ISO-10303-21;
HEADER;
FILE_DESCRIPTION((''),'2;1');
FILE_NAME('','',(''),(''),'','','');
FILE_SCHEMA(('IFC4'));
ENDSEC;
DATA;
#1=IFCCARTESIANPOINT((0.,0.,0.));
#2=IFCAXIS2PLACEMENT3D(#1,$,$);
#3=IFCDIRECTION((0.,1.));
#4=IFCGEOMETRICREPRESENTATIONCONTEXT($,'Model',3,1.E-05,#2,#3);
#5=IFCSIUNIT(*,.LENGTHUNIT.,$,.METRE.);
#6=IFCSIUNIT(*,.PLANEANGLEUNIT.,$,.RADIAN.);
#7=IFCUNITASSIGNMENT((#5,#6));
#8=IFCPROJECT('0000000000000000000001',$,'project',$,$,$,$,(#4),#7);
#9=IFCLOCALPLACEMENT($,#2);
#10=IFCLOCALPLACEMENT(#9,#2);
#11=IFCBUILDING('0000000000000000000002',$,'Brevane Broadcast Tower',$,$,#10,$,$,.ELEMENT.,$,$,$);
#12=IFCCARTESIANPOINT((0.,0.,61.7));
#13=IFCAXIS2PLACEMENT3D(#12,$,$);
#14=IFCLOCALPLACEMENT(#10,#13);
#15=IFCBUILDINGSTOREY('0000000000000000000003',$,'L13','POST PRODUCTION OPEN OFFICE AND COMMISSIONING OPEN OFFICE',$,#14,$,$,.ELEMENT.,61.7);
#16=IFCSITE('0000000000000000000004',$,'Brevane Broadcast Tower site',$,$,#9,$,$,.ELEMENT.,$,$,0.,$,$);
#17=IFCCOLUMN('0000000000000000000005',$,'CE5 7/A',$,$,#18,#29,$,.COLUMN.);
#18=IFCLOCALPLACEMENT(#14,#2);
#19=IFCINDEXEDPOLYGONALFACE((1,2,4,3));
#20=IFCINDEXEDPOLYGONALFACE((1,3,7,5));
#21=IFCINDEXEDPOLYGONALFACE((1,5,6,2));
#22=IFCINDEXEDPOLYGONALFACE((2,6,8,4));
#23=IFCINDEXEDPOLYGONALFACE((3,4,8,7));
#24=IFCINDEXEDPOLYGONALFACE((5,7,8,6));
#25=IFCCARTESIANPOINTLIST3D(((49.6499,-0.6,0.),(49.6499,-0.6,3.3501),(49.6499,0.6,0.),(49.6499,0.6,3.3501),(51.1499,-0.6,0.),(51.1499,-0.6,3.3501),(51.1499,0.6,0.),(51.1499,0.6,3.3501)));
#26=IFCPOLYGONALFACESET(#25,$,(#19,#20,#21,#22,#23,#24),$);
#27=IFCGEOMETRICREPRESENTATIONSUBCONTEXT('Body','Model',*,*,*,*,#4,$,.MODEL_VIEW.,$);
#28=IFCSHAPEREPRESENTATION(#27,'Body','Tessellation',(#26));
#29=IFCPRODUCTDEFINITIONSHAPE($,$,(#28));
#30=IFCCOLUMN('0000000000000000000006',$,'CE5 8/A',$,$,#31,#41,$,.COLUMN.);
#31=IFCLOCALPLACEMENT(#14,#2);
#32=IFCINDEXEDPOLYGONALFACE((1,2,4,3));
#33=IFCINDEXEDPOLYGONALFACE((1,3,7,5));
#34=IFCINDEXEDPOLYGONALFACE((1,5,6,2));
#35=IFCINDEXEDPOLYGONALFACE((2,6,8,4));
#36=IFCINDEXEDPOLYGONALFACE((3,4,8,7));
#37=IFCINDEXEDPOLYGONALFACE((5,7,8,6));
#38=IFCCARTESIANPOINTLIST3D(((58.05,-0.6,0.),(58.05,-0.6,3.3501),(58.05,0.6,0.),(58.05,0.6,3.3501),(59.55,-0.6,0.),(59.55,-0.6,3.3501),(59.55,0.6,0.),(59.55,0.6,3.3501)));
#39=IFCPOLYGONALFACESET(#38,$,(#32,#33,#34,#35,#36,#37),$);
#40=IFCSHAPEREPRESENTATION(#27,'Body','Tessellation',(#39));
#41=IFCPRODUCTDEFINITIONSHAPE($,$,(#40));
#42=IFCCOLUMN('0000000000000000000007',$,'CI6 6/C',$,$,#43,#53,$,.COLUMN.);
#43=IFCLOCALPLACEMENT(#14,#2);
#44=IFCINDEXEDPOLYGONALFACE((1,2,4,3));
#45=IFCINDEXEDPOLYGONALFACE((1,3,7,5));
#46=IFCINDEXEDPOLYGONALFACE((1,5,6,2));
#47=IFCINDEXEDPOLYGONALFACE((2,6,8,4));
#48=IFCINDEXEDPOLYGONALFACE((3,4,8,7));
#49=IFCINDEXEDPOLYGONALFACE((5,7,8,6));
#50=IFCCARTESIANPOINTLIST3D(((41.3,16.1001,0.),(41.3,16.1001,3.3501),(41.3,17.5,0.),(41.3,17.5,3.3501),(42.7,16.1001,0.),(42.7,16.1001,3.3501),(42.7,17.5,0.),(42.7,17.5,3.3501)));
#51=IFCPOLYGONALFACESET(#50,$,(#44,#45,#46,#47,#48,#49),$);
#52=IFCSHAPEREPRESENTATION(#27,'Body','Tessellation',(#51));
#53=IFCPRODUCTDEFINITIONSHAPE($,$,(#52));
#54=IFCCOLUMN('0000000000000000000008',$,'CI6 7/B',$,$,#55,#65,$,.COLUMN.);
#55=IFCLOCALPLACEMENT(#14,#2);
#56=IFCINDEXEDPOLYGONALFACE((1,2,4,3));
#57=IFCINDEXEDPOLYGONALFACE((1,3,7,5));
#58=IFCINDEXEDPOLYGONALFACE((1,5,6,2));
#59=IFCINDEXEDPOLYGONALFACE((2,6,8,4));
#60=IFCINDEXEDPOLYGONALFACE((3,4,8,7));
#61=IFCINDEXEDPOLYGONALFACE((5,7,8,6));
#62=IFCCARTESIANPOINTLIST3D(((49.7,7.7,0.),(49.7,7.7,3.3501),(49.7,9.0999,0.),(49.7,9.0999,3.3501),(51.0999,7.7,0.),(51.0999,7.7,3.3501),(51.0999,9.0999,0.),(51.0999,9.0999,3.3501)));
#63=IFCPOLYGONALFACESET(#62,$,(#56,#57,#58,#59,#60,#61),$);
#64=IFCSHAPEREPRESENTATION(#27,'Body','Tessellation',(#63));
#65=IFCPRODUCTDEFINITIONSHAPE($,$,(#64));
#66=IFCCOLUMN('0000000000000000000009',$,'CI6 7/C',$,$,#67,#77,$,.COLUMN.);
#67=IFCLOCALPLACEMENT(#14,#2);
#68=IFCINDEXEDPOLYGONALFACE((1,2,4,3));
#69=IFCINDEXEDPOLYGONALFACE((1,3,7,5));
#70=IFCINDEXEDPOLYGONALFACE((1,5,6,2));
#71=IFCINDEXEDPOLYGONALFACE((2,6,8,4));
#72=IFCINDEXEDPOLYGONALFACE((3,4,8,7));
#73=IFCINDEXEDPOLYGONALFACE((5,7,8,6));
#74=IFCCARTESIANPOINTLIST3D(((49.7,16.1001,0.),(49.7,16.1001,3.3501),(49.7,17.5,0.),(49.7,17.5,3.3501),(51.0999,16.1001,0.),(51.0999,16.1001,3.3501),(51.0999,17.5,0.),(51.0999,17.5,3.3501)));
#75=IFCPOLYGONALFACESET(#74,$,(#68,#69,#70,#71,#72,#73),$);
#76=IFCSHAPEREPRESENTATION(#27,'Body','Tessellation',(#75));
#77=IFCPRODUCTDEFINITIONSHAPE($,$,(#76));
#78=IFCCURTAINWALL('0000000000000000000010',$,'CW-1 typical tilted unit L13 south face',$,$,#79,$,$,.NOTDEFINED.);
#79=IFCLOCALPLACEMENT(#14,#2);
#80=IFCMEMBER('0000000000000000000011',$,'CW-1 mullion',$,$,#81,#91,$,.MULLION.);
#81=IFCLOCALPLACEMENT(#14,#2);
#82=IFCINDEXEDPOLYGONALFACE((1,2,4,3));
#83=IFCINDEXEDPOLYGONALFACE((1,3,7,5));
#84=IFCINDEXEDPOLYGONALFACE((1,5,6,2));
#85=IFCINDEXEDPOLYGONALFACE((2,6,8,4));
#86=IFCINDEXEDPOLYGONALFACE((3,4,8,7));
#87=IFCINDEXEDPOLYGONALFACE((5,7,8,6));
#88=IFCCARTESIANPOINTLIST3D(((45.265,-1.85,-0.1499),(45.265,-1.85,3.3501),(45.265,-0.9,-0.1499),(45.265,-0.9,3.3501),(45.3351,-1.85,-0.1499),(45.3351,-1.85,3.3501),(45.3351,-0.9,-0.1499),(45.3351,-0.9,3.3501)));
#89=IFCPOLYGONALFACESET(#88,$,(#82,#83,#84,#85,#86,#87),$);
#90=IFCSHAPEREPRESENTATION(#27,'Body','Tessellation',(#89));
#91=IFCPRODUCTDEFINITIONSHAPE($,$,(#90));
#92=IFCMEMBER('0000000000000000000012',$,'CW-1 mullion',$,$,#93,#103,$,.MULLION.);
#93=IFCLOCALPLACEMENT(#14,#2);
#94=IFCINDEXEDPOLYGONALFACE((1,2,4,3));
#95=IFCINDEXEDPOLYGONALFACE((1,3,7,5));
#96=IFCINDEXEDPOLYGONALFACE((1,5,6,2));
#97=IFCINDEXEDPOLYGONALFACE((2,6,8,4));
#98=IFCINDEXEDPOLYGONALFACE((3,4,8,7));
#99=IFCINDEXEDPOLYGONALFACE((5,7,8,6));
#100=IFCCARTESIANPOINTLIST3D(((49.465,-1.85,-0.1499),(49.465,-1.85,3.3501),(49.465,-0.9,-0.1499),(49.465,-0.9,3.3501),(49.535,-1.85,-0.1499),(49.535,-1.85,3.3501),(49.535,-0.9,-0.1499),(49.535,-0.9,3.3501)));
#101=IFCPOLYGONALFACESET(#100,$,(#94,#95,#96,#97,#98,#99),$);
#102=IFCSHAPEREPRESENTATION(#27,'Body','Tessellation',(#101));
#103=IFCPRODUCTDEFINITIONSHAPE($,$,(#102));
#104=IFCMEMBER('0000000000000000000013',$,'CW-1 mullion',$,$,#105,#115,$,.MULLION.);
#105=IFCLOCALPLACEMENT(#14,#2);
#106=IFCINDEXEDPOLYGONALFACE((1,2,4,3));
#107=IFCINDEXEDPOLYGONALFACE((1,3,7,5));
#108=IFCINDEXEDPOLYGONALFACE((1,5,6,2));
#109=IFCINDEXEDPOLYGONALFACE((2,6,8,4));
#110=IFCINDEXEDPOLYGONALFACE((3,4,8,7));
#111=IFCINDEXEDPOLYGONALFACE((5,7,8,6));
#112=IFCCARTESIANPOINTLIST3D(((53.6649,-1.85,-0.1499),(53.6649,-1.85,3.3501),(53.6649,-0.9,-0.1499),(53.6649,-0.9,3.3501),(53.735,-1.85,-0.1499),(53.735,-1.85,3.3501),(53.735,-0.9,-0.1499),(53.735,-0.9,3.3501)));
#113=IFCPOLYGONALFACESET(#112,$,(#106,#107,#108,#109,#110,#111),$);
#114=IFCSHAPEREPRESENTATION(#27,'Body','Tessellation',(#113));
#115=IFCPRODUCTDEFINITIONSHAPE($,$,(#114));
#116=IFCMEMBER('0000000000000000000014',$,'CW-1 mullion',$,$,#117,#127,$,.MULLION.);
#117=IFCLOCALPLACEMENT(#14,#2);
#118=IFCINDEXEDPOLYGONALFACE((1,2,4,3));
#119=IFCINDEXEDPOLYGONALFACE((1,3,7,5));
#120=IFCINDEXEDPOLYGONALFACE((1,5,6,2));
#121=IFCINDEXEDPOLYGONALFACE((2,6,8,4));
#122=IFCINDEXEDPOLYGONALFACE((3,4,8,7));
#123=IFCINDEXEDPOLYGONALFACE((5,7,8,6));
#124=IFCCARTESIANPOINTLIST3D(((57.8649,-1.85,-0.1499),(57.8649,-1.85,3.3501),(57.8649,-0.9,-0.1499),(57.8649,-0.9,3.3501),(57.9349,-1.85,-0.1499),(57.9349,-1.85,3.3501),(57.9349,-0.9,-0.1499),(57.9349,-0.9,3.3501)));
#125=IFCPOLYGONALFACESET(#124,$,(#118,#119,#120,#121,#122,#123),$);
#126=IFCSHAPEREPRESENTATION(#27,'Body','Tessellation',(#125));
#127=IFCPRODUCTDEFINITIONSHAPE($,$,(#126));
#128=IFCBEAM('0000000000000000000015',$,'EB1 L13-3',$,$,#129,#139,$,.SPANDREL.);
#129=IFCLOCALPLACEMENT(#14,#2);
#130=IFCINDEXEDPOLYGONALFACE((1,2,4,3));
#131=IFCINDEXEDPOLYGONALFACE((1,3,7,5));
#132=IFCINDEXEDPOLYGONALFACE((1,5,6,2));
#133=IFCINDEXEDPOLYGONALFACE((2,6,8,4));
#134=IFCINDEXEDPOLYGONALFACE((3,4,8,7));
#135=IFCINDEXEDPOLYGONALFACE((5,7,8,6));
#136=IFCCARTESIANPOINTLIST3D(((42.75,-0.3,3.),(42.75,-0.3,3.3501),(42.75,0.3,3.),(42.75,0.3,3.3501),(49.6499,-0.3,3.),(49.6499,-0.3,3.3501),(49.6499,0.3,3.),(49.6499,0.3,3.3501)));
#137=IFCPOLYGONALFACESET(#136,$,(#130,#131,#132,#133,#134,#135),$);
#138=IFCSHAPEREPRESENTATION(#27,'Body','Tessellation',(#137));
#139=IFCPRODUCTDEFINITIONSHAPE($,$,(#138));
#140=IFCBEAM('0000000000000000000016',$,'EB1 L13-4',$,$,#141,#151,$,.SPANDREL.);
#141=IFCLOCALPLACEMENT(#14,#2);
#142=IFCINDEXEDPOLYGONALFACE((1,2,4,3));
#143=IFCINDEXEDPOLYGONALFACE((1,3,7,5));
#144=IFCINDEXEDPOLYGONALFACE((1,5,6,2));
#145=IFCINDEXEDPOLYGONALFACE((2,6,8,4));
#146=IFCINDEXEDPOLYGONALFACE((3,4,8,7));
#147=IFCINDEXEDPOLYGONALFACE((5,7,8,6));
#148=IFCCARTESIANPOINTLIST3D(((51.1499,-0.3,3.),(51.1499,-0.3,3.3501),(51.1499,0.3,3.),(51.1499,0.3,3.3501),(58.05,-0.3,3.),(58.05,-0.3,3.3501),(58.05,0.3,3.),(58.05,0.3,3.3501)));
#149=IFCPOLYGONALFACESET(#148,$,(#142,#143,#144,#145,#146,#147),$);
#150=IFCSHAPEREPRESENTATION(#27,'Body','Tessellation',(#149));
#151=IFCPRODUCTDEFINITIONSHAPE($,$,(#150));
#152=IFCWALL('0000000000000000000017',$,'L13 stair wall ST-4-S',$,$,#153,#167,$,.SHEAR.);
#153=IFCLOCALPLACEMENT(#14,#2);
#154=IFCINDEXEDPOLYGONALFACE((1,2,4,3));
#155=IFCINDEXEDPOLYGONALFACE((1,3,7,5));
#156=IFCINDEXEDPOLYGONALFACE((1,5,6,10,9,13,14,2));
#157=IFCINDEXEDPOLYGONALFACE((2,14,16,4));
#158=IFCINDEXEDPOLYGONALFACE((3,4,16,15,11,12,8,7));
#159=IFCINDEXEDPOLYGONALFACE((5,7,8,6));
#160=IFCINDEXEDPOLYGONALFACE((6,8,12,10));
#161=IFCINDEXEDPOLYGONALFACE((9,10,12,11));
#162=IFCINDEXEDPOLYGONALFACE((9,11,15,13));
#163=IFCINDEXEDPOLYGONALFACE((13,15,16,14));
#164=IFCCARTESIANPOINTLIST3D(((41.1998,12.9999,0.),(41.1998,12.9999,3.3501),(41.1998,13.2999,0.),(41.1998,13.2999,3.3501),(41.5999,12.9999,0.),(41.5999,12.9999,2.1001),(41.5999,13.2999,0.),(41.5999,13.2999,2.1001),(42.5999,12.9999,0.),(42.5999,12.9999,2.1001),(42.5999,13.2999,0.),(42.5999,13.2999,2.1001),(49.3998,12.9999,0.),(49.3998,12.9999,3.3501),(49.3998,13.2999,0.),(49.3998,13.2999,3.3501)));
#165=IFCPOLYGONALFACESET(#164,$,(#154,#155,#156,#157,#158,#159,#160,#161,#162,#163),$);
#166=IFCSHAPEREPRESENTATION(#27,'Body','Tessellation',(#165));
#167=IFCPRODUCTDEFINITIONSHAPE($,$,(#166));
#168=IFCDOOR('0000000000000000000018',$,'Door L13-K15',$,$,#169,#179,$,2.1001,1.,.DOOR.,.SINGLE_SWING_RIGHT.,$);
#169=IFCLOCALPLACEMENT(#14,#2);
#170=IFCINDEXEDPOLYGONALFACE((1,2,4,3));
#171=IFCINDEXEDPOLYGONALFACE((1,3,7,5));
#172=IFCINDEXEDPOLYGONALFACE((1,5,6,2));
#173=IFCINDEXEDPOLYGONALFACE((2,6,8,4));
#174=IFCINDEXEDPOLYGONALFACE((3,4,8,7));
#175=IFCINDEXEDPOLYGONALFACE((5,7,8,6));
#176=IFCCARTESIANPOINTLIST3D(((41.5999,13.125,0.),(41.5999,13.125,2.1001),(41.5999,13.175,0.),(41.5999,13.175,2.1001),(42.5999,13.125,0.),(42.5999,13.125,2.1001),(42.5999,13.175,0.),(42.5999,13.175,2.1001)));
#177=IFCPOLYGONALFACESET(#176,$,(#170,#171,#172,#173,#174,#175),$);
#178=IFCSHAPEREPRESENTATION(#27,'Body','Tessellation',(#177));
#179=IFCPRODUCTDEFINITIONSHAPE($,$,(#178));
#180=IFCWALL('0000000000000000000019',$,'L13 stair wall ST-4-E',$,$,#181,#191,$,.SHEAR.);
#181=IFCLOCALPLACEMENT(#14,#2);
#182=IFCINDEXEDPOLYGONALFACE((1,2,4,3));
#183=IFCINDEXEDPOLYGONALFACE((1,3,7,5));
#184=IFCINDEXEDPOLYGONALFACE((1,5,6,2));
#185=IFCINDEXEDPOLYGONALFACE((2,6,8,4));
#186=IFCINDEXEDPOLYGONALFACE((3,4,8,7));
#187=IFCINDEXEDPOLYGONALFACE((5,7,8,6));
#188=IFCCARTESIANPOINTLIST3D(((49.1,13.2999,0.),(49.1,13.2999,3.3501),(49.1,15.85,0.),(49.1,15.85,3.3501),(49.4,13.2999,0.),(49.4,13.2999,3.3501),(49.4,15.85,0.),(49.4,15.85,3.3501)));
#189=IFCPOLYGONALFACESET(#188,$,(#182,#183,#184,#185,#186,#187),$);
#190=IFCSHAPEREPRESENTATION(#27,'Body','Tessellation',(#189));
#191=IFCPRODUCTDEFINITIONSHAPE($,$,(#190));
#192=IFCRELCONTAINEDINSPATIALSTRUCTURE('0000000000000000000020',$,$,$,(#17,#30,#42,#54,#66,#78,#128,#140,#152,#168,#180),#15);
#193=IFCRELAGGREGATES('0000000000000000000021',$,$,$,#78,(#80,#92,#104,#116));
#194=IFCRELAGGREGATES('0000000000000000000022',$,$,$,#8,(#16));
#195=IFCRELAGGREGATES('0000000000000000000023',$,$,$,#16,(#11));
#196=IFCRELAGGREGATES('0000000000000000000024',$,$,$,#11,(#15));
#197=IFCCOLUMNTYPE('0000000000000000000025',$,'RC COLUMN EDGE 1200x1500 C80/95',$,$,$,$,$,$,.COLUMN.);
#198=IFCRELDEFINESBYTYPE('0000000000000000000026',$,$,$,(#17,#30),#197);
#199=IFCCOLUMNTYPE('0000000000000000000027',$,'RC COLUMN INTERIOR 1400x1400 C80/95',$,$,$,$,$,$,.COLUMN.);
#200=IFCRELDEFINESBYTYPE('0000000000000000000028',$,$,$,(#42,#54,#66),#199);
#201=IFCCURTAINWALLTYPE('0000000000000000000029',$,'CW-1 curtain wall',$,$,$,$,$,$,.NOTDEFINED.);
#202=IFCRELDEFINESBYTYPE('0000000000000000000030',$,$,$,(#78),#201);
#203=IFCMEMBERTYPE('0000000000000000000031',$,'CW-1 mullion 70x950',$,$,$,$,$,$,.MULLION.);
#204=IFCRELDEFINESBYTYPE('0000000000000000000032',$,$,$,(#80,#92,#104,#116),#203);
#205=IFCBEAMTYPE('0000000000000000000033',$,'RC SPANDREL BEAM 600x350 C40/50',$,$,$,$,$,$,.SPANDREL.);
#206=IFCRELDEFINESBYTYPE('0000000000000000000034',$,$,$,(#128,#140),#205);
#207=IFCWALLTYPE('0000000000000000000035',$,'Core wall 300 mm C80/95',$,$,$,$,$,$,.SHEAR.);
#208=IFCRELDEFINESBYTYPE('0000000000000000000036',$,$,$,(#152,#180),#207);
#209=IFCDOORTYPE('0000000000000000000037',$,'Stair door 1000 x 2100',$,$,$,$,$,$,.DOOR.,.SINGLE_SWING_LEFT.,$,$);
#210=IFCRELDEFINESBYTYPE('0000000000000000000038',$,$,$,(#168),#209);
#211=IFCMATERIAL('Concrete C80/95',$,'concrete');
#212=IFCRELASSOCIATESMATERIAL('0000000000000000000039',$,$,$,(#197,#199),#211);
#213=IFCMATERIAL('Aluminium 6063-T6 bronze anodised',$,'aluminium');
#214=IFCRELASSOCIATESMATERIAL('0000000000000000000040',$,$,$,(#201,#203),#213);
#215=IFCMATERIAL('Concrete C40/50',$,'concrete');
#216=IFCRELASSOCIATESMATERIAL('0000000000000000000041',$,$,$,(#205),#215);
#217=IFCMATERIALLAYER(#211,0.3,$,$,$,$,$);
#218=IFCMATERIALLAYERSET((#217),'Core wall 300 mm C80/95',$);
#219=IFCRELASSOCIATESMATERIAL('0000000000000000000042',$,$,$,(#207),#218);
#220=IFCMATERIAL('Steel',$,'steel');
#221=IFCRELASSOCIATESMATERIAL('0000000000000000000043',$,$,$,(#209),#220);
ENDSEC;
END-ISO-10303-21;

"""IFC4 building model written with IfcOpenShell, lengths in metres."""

from ifc_helpers import new_model, si_unit, direction, frame, frame_2d, origin, origin_2d, place, context, subcontext, project, spatial, rectangle, extrude, material, layer, layer_set, material_profile, profile_set, type_object, element, fill, aggregate, save


model = new_model("IFC4")

# Units and contexts
model_context = context("Model", 3, precision=1e-05, world=origin(), true_north=direction((0.0, 1.0)))
body_context = subcontext(model_context, "Body", "Model", "MODEL_VIEW")
ifc_project = project(units=[si_unit("LENGTHUNIT", "METRE"), si_unit("PLANEANGLEUNIT", "RADIAN")], contexts=[model_context])

# Site, building, storey
site_placement = place(None, origin())
site = spatial("IfcSite", under=ifc_project, at=site_placement, Name="Brevane Broadcast Tower site", CompositionType="ELEMENT", RefElevation=0.0)
building_placement = place(site_placement, origin())
building = spatial("IfcBuilding", under=site, at=building_placement, Name="Brevane Broadcast Tower", CompositionType="ELEMENT")
storey_placement = place(building_placement, frame((0.0, 0.0, 61.7)))
storey = spatial("IfcBuildingStorey", under=building, at=storey_placement, Name="L13", Description="POST PRODUCTION OPEN OFFICE AND COMMISSIONING OPEN OFFICE", CompositionType="ELEMENT", Elevation=61.7)

# Columns
ifc_material_1 = material(Name="Concrete C80/95", Category="concrete")
ifc_material_profile_1 = material_profile(ifc_material_1, rectangle(XDim=1.2, YDim=1.5, at=origin_2d()), Name="RC 1200x1500")
ifc_profile_set_1 = profile_set([ifc_material_profile_1], Name="Concrete C80/95")
column_type_1 = type_object("IfcColumnType", Name="RC COLUMN EDGE 1200x1500 C80/95", PredefinedType="COLUMN", material=ifc_profile_set_1)
for number, where, z_axis, x_axis, name in (
    (1, (50.3999, 0.0, 0.0), (0.0, 0.0, 1.0), (0.0, 1.0, 0.0), "CE5 7/A"),
    (2, (58.8, 0.0, 0.0), (0.0, 0.0, 1.0), (0.0, 1.0, 0.0), "CE5 8/A"),
):
    element("IfcColumn", number, at=place(storey_placement, frame(where, z_axis=z_axis, x_axis=x_axis)), inside=storey, type_object=column_type_1, Name=name, PredefinedType="COLUMN", context=body_context, shape_type="SweptSolid", body=[
        extrude(rectangle(XDim=1.2, YDim=1.5, at=origin_2d()), origin(), (0.0, 0.0, 1.0), 3.3501),
    ])
ifc_material_profile_2 = material_profile(ifc_material_1, rectangle(XDim=1.3999, YDim=1.3999, at=origin_2d()), Name="RC 1400x1400")
ifc_profile_set_2 = profile_set([ifc_material_profile_2], Name="Concrete C80/95")
column_type_2 = type_object("IfcColumnType", Name="RC COLUMN INTERIOR 1400x1400 C80/95", PredefinedType="COLUMN", material=ifc_profile_set_2)
for number, where, z_axis, x_axis, name in (
    (3, (42.0, 16.8, 0.0), (0.0, 0.0, 1.0), (1.0, 0.0, 0.0), "CI6 6/C"),
    (4, (50.3999, 8.3999, 0.0), (0.0, 0.0, 1.0), (1.0, 0.0, 0.0), "CI6 7/B"),
    (5, (50.3999, 16.8, 0.0), (0.0, 0.0, 1.0), (1.0, 0.0, 0.0), "CI6 7/C"),
):
    element("IfcColumn", number, at=place(storey_placement, frame(where, z_axis=z_axis, x_axis=x_axis)), inside=storey, type_object=column_type_2, Name=name, PredefinedType="COLUMN", context=body_context, shape_type="SweptSolid", body=[
        extrude(rectangle(XDim=1.3999, YDim=1.3999, at=origin_2d()), origin(), (0.0, 0.0, 1.0), 3.3501),
    ])

# Curtain wall, members
ifc_material_2 = material(Name="Aluminium 6063-T6 bronze anodised", Category="aluminium")
curtain_wall_type = type_object("IfcCurtainWallType", Name="CW-1 curtain wall", PredefinedType="NOTDEFINED", material=ifc_material_2)
curtain_wall_placement = place(storey_placement, origin())
curtain_wall = element("IfcCurtainWall", 6, at=curtain_wall_placement, inside=storey, type_object=curtain_wall_type, Name="CW-1 typical tilted unit L13 south face", PredefinedType="NOTDEFINED")
ifc_material_profile_3 = material_profile(ifc_material_2, rectangle(XDim=0.95, YDim=0.0701, at=origin_2d()), Name="RECT 70x950")
ifc_profile_set_3 = profile_set([ifc_material_profile_3], Name="Aluminium 6063-T6 bronze anodised")
member_type = type_object("IfcMemberType", Name="CW-1 mullion 70x950", PredefinedType="MULLION", material=ifc_profile_set_3)
member_1_placement = place(storey_placement, frame((45.3, -1.375, -0.1499), z_axis=(0.0, 0.0, 1.0), x_axis=(0.0, 1.0, 0.0)))
member_1 = element("IfcMember", 7, at=member_1_placement, type_object=member_type, Name="CW-1 mullion", PredefinedType="MULLION", context=body_context, shape_type="SweptSolid", body=[
    extrude(rectangle(XDim=0.95, YDim=0.0701, at=origin_2d()), origin(), (0.0, 0.0, 1.0), 3.5),
])
member_2_placement = place(storey_placement, frame((49.5, -1.375, -0.1499), z_axis=(0.0, 0.0, 1.0), x_axis=(0.0, 1.0, 0.0)))
member_2 = element("IfcMember", 8, at=member_2_placement, type_object=member_type, Name="CW-1 mullion", PredefinedType="MULLION", context=body_context, shape_type="SweptSolid", body=[
    extrude(rectangle(XDim=0.95, YDim=0.0701, at=origin_2d()), origin(), (0.0, 0.0, 1.0), 3.5),
])
member_3_placement = place(storey_placement, frame((53.7, -1.375, -0.1499), z_axis=(0.0, 0.0, 1.0), x_axis=(0.0, 1.0, 0.0)))
member_3 = element("IfcMember", 9, at=member_3_placement, type_object=member_type, Name="CW-1 mullion", PredefinedType="MULLION", context=body_context, shape_type="SweptSolid", body=[
    extrude(rectangle(XDim=0.95, YDim=0.0701, at=origin_2d()), origin(), (0.0, 0.0, 1.0), 3.5),
])
member_4_placement = place(storey_placement, frame((57.8999, -1.375, -0.1499), z_axis=(0.0, 0.0, 1.0), x_axis=(0.0, 1.0, 0.0)))
member_4 = element("IfcMember", 10, at=member_4_placement, type_object=member_type, Name="CW-1 mullion", PredefinedType="MULLION", context=body_context, shape_type="SweptSolid", body=[
    extrude(rectangle(XDim=0.95, YDim=0.0701, at=origin_2d()), origin(), (0.0, 0.0, 1.0), 3.5),
])
aggregate(curtain_wall, [member_1, member_2, member_3, member_4])

# Beams
ifc_material_3 = material(Name="Concrete C40/50", Category="concrete")
ifc_material_profile_4 = material_profile(ifc_material_3, rectangle(XDim=0.6001, YDim=0.3501, at=origin_2d()), Name="RC 600x350")
ifc_profile_set_4 = profile_set([ifc_material_profile_4], Name="Concrete C40/50")
beam_type = type_object("IfcBeamType", Name="RC SPANDREL BEAM 600x350 C40/50", PredefinedType="SPANDREL", material=ifc_profile_set_4)
beam_1_placement = place(storey_placement, frame((42.75, 0.0, 3.175), z_axis=(1.0, 0.0, 0.0), x_axis=(0.0, 1.0, 0.0)))
element("IfcBeam", 11, at=beam_1_placement, inside=storey, type_object=beam_type, Name="EB1 L13-3", PredefinedType="SPANDREL", context=body_context, shape_type="SweptSolid", body=[
    extrude(rectangle(XDim=0.6001, YDim=0.3501, at=origin_2d()), origin(), (0.0, 0.0, 1.0), 6.8999),
])
beam_2_placement = place(storey_placement, frame((51.1499, 0.0, 3.175), z_axis=(1.0, 0.0, 0.0), x_axis=(0.0, 1.0, 0.0)))
element("IfcBeam", 12, at=beam_2_placement, inside=storey, type_object=beam_type, Name="EB1 L13-4", PredefinedType="SPANDREL", context=body_context, shape_type="SweptSolid", body=[
    extrude(rectangle(XDim=0.6001, YDim=0.3501, at=origin_2d()), origin(), (0.0, 0.0, 1.0), 6.9001),
])

# Wall, opening, door
ifc_layer_1 = layer(ifc_material_1, 0.3)
ifc_layer_set_1 = layer_set([ifc_layer_1], Name="Core wall 300 mm C80/95")
wall_type_1 = type_object("IfcWallType", Name="Core wall 300 mm C80/95", PredefinedType="SHEAR", material=ifc_layer_set_1)
wall_1_placement = place(storey_placement, frame((49.3999, 13.1499, 0.0), z_axis=(0.0, 0.0, 1.0), x_axis=(-1.0, 0.0, 0.0)))
wall_1 = element("IfcWall", 13, at=wall_1_placement, inside=storey, type_object=wall_type_1, Name="L13 stair wall ST-4-S", PredefinedType="SHEAR", context=body_context, shape_type="SweptSolid", body=[
    extrude(rectangle(XDim=8.2, YDim=0.3, at=frame_2d((4.1001, 0.0))), origin(), (0.0, 0.0, 1.0), 3.3501),
])
opening_1_placement = place(wall_1_placement, frame((6.8, 0.0, 0.0)))
opening_1 = element("IfcOpeningElement", 14, at=opening_1_placement, cuts=wall_1, PredefinedType="OPENING", context=body_context, shape_type="SweptSolid", body=[
    extrude(rectangle(XDim=1.0, YDim=2.1001, at=frame_2d((0.5, 1.05))), frame((0.0, 0.1599, 0.0), z_axis=(0.0, -1.0, 0.0), x_axis=(1.0, 0.0, 0.0)), (0.0, 0.0, 1.0), 0.3201),
])
ifc_material_4 = material(Name="Steel", Category="steel")
door_type_1 = type_object("IfcDoorType", Name="Stair door 1000 x 2100", OperationType="SINGLE_SWING_LEFT", PredefinedType="DOOR", material=ifc_material_4)
door_1_placement = place(opening_1_placement, origin())
door_1 = element("IfcDoor", 15, at=door_1_placement, inside=storey, type_object=door_type_1, Name="Door L13-K15", OperationType="SINGLE_SWING_RIGHT", OverallHeight=2.1001, OverallWidth=1.0, PredefinedType="DOOR", context=body_context, shape_type="SweptSolid", body=[
    extrude(rectangle(XDim=1.0, YDim=2.1001, at=frame_2d((0.5, 1.05))), frame((0.0, 0.0249, 0.0), z_axis=(0.0, -1.0, 0.0), x_axis=(1.0, 0.0, 0.0)), (0.0, 0.0, 1.0), 0.05),
])
fill(opening_1, door_1)

# Wall
wall_2_placement = place(storey_placement, frame((49.25, 13.3, 0.0), z_axis=(0.0, 0.0, 1.0), x_axis=(0.0, 1.0, 0.0)))
element("IfcWall", 16, at=wall_2_placement, inside=storey, type_object=wall_type_1, Name="L13 stair wall ST-4-E", PredefinedType="SHEAR", context=body_context, shape_type="SweptSolid", body=[
    extrude(rectangle(XDim=2.55, YDim=0.3, at=frame_2d((1.2749, 0.0))), origin(), (0.0, 0.0, 1.0), 3.3501),
])

save(model, "model.ifc")
